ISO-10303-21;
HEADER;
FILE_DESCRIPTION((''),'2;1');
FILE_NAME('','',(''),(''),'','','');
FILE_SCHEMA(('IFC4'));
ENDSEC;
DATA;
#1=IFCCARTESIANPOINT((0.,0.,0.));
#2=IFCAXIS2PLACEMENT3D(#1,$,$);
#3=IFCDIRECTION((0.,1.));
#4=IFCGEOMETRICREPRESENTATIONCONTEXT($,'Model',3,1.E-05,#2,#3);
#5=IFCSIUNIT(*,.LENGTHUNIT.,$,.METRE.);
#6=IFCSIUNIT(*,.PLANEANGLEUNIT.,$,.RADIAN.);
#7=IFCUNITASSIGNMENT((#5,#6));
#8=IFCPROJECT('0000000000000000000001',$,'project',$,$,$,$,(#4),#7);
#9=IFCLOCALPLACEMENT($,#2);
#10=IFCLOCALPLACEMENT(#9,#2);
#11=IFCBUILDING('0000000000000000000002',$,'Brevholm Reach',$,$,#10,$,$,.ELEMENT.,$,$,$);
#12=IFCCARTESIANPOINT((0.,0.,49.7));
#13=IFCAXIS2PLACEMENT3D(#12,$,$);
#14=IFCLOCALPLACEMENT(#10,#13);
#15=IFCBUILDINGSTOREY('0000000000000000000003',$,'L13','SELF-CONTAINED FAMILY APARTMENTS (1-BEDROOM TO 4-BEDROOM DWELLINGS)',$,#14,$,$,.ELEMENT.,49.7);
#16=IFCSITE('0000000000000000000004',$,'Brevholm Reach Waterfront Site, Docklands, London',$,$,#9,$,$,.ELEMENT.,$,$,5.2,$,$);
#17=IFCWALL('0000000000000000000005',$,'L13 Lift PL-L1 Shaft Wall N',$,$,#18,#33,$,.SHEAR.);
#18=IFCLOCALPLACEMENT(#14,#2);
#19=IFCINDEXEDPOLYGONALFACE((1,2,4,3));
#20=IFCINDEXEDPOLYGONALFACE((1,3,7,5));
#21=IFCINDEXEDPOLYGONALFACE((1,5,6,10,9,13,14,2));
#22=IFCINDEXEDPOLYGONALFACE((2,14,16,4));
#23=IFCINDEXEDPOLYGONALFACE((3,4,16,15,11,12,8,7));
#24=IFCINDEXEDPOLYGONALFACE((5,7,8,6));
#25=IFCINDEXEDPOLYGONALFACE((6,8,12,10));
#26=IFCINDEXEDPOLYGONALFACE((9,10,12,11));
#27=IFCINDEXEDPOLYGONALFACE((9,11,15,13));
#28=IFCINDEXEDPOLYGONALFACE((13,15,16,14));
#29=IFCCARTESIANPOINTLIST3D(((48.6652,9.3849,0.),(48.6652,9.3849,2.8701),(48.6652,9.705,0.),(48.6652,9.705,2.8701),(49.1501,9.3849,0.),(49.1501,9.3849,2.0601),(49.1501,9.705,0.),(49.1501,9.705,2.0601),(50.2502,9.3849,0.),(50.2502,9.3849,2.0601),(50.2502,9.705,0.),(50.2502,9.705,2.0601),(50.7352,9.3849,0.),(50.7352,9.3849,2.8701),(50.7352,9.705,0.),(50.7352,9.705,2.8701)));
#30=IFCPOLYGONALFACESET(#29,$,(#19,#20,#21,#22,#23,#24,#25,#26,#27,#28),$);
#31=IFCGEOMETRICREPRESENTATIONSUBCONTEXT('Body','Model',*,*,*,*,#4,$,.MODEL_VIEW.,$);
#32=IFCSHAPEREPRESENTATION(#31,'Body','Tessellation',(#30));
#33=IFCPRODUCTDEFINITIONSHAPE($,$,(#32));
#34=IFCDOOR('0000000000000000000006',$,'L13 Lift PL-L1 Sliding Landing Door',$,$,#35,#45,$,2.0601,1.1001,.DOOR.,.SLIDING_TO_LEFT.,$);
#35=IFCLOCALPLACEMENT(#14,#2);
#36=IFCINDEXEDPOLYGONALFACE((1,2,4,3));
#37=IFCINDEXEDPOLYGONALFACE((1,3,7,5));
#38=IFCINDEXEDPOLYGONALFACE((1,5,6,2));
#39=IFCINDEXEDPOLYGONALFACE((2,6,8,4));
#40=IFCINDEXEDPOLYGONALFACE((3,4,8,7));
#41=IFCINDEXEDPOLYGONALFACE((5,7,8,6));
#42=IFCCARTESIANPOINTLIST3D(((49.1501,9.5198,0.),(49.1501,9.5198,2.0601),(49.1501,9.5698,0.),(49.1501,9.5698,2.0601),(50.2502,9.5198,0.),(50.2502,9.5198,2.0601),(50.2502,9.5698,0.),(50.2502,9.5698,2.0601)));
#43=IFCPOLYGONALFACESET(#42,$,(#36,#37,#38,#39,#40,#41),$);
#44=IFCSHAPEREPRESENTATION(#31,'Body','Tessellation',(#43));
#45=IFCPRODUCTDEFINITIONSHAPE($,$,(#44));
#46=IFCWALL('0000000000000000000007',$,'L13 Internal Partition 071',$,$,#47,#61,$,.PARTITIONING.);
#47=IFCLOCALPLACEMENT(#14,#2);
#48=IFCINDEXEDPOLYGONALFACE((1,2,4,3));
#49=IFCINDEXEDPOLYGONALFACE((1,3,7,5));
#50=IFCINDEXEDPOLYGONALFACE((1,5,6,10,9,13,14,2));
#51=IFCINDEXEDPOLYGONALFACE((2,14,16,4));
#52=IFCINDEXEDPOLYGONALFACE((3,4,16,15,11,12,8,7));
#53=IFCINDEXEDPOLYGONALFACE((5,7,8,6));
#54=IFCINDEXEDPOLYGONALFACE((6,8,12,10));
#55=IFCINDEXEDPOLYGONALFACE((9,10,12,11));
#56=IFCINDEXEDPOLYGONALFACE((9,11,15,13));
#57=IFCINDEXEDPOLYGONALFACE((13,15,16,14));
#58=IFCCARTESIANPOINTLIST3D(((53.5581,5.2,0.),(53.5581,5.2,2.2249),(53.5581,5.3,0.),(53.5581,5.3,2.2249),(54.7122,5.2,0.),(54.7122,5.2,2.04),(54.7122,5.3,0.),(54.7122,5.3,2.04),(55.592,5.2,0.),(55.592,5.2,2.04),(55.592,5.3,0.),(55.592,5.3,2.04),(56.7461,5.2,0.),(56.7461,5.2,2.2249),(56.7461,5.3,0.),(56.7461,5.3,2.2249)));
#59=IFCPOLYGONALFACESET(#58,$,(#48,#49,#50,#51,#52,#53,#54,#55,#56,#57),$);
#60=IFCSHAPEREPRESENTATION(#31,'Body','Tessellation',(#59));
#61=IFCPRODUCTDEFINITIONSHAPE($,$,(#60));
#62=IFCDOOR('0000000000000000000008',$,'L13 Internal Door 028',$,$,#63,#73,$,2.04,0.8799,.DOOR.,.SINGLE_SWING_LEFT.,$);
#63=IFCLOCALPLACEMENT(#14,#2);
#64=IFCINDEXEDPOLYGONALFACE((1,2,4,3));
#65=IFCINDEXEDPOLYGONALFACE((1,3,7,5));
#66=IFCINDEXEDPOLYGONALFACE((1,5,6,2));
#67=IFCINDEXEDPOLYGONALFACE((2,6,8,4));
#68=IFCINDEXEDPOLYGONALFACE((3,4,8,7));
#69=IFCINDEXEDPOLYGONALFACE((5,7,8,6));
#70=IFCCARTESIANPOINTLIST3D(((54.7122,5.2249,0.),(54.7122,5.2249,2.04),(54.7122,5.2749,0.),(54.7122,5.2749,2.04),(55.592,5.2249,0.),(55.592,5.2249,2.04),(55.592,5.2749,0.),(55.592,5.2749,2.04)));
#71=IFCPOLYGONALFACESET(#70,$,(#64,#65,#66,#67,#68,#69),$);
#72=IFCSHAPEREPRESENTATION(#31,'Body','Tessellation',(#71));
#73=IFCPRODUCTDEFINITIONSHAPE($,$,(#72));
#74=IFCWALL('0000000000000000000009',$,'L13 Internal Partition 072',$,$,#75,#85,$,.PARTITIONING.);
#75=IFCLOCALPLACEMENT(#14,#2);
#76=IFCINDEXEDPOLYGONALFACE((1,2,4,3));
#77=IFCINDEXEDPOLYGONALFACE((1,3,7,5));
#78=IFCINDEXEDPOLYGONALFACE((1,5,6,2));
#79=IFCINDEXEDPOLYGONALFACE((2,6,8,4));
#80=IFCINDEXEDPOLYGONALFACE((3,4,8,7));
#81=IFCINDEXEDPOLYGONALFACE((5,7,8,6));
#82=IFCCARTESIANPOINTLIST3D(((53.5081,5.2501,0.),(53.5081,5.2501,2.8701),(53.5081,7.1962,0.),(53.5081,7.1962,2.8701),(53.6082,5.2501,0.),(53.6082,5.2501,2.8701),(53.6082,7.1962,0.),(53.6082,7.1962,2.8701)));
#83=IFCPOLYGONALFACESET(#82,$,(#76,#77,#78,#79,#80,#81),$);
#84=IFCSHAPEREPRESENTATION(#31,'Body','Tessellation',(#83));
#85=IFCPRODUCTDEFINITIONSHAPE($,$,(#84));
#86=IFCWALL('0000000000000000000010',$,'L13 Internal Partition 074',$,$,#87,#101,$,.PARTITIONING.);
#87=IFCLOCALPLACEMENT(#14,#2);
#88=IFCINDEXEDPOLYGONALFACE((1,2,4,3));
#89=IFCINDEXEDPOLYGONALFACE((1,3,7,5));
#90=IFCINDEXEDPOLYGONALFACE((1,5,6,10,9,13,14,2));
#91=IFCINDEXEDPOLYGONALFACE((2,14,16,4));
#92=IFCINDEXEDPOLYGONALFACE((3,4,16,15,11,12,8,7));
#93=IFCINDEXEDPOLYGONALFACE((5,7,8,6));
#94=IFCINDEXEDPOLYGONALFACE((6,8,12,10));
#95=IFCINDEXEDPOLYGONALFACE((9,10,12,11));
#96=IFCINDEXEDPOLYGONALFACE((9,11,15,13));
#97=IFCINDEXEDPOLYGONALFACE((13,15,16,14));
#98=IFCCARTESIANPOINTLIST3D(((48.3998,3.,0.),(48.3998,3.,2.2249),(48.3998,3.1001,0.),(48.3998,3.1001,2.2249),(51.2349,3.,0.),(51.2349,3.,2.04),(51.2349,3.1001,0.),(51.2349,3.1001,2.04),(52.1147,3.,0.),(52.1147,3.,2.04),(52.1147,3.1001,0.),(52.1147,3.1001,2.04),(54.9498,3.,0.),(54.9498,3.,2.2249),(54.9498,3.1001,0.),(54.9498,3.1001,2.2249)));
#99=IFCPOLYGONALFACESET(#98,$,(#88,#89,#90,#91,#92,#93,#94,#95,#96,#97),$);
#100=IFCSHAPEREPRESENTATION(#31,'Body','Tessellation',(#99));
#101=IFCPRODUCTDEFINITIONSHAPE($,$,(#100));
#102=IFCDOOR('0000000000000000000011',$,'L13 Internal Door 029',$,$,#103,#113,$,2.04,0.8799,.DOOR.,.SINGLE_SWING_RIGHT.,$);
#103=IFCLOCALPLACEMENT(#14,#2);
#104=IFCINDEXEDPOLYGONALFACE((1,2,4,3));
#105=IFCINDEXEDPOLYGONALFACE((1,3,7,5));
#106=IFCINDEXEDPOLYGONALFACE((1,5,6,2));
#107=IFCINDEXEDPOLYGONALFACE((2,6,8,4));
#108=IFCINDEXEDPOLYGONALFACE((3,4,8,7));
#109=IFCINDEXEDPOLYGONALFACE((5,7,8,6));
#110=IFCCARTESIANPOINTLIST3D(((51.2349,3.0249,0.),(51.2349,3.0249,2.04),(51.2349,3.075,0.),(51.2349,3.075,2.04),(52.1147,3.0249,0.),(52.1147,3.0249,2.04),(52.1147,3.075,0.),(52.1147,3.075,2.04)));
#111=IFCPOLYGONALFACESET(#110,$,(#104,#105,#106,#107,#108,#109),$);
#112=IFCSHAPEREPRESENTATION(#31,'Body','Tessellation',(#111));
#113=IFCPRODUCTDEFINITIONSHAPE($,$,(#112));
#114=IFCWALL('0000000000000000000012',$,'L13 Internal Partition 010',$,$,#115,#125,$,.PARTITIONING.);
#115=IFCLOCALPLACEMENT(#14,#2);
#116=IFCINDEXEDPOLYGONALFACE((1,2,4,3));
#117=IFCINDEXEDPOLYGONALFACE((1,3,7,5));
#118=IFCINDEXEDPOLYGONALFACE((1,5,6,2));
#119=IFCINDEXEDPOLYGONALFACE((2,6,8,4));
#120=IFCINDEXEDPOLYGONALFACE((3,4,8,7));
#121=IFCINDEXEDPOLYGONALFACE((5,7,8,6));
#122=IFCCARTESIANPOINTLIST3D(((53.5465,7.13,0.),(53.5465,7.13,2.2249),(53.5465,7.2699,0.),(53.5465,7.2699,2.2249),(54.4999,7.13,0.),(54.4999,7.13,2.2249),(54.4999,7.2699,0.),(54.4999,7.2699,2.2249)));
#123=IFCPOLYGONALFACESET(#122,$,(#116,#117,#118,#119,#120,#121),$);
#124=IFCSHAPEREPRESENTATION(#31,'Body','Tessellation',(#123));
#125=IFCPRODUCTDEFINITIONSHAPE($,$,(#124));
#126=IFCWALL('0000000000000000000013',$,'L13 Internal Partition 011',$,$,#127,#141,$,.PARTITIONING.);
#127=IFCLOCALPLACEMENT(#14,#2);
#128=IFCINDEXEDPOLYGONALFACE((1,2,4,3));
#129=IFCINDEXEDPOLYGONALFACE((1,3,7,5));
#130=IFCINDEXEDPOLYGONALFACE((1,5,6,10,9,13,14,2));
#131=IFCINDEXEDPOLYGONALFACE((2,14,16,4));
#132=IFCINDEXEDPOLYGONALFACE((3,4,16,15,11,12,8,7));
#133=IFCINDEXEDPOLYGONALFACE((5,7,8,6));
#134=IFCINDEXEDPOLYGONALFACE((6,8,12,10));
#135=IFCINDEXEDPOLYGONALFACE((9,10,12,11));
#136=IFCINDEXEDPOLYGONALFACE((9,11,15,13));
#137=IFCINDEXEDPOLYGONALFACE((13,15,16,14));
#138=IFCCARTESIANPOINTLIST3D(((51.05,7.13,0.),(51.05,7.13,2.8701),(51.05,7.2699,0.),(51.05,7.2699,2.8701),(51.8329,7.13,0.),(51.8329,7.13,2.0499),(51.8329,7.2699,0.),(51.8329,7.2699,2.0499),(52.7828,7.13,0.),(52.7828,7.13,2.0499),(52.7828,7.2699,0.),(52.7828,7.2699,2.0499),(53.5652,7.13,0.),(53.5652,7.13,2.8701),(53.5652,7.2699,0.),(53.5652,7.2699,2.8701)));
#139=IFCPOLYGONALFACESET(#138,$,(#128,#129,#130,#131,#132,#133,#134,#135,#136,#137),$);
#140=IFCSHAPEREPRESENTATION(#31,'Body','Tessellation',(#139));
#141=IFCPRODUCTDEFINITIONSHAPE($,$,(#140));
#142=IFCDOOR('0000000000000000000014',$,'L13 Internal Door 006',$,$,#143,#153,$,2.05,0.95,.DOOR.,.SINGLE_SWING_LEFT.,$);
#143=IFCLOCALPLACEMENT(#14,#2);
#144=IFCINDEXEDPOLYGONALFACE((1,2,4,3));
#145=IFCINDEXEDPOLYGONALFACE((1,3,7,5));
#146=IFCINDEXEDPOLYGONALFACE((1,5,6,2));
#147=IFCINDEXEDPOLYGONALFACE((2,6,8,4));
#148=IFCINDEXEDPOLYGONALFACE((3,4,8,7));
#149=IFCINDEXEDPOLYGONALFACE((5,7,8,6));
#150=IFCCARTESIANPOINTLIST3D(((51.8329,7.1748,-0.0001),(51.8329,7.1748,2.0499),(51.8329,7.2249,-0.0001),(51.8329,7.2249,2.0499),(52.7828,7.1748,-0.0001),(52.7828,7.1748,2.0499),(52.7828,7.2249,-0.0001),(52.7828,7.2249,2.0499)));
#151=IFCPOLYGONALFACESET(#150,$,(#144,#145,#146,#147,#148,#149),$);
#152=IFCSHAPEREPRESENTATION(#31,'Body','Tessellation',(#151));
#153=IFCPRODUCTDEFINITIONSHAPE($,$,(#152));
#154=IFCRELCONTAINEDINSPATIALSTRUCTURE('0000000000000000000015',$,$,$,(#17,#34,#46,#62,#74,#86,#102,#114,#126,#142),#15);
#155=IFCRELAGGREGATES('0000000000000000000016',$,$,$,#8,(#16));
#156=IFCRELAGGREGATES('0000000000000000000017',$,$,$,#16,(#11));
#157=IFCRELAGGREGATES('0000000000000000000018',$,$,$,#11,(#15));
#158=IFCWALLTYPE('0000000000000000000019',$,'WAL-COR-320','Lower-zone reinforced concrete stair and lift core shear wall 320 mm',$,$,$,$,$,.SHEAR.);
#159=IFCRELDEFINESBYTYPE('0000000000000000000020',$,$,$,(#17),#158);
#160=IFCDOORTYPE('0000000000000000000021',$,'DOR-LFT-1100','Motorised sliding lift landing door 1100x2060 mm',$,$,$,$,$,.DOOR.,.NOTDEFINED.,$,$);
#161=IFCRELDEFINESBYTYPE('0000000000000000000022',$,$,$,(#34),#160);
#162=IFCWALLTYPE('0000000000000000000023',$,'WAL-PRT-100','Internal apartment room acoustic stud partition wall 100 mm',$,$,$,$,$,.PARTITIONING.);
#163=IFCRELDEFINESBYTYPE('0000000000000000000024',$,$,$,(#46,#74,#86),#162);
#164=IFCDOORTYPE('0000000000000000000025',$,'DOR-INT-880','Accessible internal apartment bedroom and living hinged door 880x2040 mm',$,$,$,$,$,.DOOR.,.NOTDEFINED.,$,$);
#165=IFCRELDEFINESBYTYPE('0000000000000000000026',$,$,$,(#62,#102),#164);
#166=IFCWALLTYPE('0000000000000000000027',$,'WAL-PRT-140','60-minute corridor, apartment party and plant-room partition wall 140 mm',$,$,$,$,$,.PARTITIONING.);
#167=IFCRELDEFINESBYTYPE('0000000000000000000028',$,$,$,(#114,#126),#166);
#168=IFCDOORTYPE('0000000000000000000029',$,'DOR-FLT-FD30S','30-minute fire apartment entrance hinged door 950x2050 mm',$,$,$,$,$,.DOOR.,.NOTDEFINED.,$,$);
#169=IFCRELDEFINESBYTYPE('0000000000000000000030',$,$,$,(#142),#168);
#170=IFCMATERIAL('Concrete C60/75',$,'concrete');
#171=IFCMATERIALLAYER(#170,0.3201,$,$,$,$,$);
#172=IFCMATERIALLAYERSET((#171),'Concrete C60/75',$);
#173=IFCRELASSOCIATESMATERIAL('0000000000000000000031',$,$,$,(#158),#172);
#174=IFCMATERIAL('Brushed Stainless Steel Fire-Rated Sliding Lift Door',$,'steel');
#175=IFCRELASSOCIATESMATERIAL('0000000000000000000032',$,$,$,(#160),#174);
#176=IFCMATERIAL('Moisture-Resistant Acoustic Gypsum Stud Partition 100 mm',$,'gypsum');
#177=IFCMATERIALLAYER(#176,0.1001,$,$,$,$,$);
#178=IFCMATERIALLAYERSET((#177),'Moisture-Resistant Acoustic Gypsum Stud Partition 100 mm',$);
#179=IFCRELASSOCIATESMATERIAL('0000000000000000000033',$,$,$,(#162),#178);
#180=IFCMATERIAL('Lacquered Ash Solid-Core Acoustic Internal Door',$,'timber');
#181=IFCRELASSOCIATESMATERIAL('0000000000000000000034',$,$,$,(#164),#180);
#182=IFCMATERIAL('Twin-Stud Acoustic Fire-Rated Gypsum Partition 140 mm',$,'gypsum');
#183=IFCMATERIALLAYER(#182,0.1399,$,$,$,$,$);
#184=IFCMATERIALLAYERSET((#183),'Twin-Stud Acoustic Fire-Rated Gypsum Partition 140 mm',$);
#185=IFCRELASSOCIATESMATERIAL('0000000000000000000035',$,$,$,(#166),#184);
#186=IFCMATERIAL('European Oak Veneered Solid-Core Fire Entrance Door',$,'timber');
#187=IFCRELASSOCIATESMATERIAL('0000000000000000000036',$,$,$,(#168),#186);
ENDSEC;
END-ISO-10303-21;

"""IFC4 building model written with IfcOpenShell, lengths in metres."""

from ifc_helpers import new_model, si_unit, direction, frame, frame_2d, origin, place, context, subcontext, project, spatial, rectangle, extrude, material, layer, layer_set, type_object, element, fill, save


model = new_model("IFC4")

# Units and contexts
model_context = context("Model", 3, precision=1e-05, world=origin(), true_north=direction((0.0, 1.0)))
body_context = subcontext(model_context, "Body", "Model", "MODEL_VIEW")
ifc_project = project(units=[si_unit("LENGTHUNIT", "METRE"), si_unit("PLANEANGLEUNIT", "RADIAN")], contexts=[model_context])

# Site, building, storey
site_placement = place(None, origin())
site = spatial("IfcSite", under=ifc_project, at=site_placement, Name="Brevholm Reach Waterfront Site, Docklands, London", CompositionType="ELEMENT", RefElevation=5.2)
building_placement = place(site_placement, origin())
building = spatial("IfcBuilding", under=site, at=building_placement, Name="Brevholm Reach", CompositionType="ELEMENT")
storey_placement = place(building_placement, frame((0.0, 0.0, 49.7)))
storey = spatial("IfcBuildingStorey", under=building, at=storey_placement, Name="L13", Description="SELF-CONTAINED FAMILY APARTMENTS (1-BEDROOM TO 4-BEDROOM DWELLINGS)", CompositionType="ELEMENT", Elevation=49.7)

# Shared definitions
ifc_material_1 = material(Name="Concrete C60/75", Category="concrete")
ifc_layer_1 = layer(ifc_material_1, 0.3201)
ifc_layer_set_1 = layer_set([ifc_layer_1], Name="Concrete C60/75")
wall_type_1 = type_object("IfcWallType", Name="WAL-COR-320", Description="Lower-zone reinforced concrete stair and lift core shear wall 320 mm", PredefinedType="SHEAR", material=ifc_layer_set_1)

# Walls, openings, doors
wall_1_placement = place(storey_placement, frame((48.665, 9.5449, 0.0), z_axis=(0.0, 0.0, 1.0), x_axis=(1.0, 0.0, 0.0)))
wall_1 = element("IfcWall", 1, at=wall_1_placement, inside=storey, type_object=wall_type_1, Name="L13 Lift PL-L1 Shaft Wall N", PredefinedType="SHEAR", context=body_context, shape_type="SweptSolid", body=[
    extrude(rectangle(XDim=2.0701, YDim=0.3201, at=frame_2d((1.0352, 0.0))), origin(), (0.0, 0.0, 1.0), 2.8701),
])
opening_1_placement = place(wall_1_placement, frame((0.4851, 0.0, 0.0)))
opening_1 = element("IfcOpeningElement", 2, at=opening_1_placement, cuts=wall_1, PredefinedType="OPENING", context=body_context, shape_type="SweptSolid", body=[
    extrude(rectangle(XDim=1.1001, YDim=2.0601, at=frame_2d((0.55, 1.03))), frame((0.0, 0.1699, 0.0), z_axis=(0.0, -1.0, 0.0), x_axis=(1.0, 0.0, 0.0)), (0.0, 0.0, 1.0), 0.3401),
])
ifc_material_2 = material(Name="Brushed Stainless Steel Fire-Rated Sliding Lift Door", Category="steel")
door_type_1 = type_object("IfcDoorType", Name="DOR-LFT-1100", Description="Motorised sliding lift landing door 1100x2060 mm", OperationType="NOTDEFINED", PredefinedType="DOOR", material=ifc_material_2)
door_1_placement = place(opening_1_placement, origin())
door_1 = element("IfcDoor", 3, at=door_1_placement, inside=storey, type_object=door_type_1, Name="L13 Lift PL-L1 Sliding Landing Door", OperationType="SLIDING_TO_LEFT", OverallHeight=2.0601, OverallWidth=1.1001, PredefinedType="DOOR", context=body_context, shape_type="SweptSolid", body=[
    extrude(rectangle(XDim=1.1001, YDim=2.0601, at=frame_2d((0.55, 1.03))), frame((0.0, 0.0249, 0.0), z_axis=(0.0, -1.0, 0.0), x_axis=(1.0, 0.0, 0.0)), (0.0, 0.0, 1.0), 0.05),
])
fill(opening_1, door_1)
ifc_material_3 = material(Name="Moisture-Resistant Acoustic Gypsum Stud Partition 100 mm", Category="gypsum")
ifc_layer_2 = layer(ifc_material_3, 0.1001)
ifc_layer_set_2 = layer_set([ifc_layer_2], Name="Moisture-Resistant Acoustic Gypsum Stud Partition 100 mm")
wall_type_2 = type_object("IfcWallType", Name="WAL-PRT-100", Description="Internal apartment room acoustic stud partition wall 100 mm", PredefinedType="PARTITIONING", material=ifc_layer_set_2)
wall_2_placement = place(storey_placement, frame((53.5581, 5.25, 0.0), z_axis=(0.0, 0.0, 1.0), x_axis=(1.0, 0.0, 0.0)))
wall_2 = element("IfcWall", 4, at=wall_2_placement, inside=storey, type_object=wall_type_2, Name="L13 Internal Partition 071", PredefinedType="PARTITIONING", context=body_context, shape_type="SweptSolid", body=[
    extrude(rectangle(XDim=3.188, YDim=0.1001, at=frame_2d((1.594, 0.0))), origin(), (0.0, 0.0, 1.0), 2.2249),
])
opening_2_placement = place(wall_2_placement, frame((1.1541, 0.0, 0.0)))
opening_2 = element("IfcOpeningElement", 5, at=opening_2_placement, cuts=wall_2, PredefinedType="OPENING", context=body_context, shape_type="SweptSolid", body=[
    extrude(rectangle(XDim=0.8799, YDim=2.04, at=frame_2d((0.4399, 1.02))), frame((0.0, 0.0601, 0.0), z_axis=(0.0, -1.0, 0.0), x_axis=(1.0, 0.0, 0.0)), (0.0, 0.0, 1.0), 0.1201),
])
ifc_material_4 = material(Name="Lacquered Ash Solid-Core Acoustic Internal Door", Category="timber")
door_type_2 = type_object("IfcDoorType", Name="DOR-INT-880", Description="Accessible internal apartment bedroom and living hinged door 880x2040 mm", OperationType="NOTDEFINED", PredefinedType="DOOR", material=ifc_material_4)
door_2_placement = place(opening_2_placement, origin())
door_2 = element("IfcDoor", 6, at=door_2_placement, inside=storey, type_object=door_type_2, Name="L13 Internal Door 028", OperationType="SINGLE_SWING_LEFT", OverallHeight=2.04, OverallWidth=0.8799, PredefinedType="DOOR", context=body_context, shape_type="SweptSolid", body=[
    extrude(rectangle(XDim=0.8799, YDim=2.04, at=frame_2d((0.4399, 1.02))), frame((0.0, 0.0249, 0.0), z_axis=(0.0, -1.0, 0.0), x_axis=(1.0, 0.0, 0.0)), (0.0, 0.0, 1.0), 0.05),
])
fill(opening_2, door_2)

# Wall
wall_3_placement = place(storey_placement, frame((53.5581, 5.25, 0.0), z_axis=(0.0, 0.0, 1.0), x_axis=(0.0, 1.0, 0.0)))
element("IfcWall", 7, at=wall_3_placement, inside=storey, type_object=wall_type_2, Name="L13 Internal Partition 072", PredefinedType="PARTITIONING", context=body_context, shape_type="SweptSolid", body=[
    extrude(rectangle(XDim=1.946, YDim=0.1001, at=frame_2d((0.9731, 0.0))), origin(), (0.0, 0.0, 1.0), 2.8701),
])

# Wall, opening, door
wall_4_placement = place(storey_placement, frame((48.3999, 3.05, 0.0), z_axis=(0.0, 0.0, 1.0), x_axis=(1.0, 0.0, 0.0)))
wall_4 = element("IfcWall", 8, at=wall_4_placement, inside=storey, type_object=wall_type_2, Name="L13 Internal Partition 074", PredefinedType="PARTITIONING", context=body_context, shape_type="SweptSolid", body=[
    extrude(rectangle(XDim=6.55, YDim=0.1001, at=frame_2d((3.2749, 0.0))), origin(), (0.0, 0.0, 1.0), 2.2249),
])
opening_3_placement = place(wall_4_placement, frame((2.835, 0.0, 0.0)))
opening_3 = element("IfcOpeningElement", 9, at=opening_3_placement, cuts=wall_4, PredefinedType="OPENING", context=body_context, shape_type="SweptSolid", body=[
    extrude(rectangle(XDim=0.8799, YDim=2.04, at=frame_2d((0.4399, 1.02))), frame((0.0, 0.0601, 0.0), z_axis=(0.0, -1.0, 0.0), x_axis=(1.0, 0.0, 0.0)), (0.0, 0.0, 1.0), 0.1201),
])
door_3_placement = place(opening_3_placement, origin())
door_3 = element("IfcDoor", 10, at=door_3_placement, inside=storey, type_object=door_type_2, Name="L13 Internal Door 029", OperationType="SINGLE_SWING_RIGHT", OverallHeight=2.04, OverallWidth=0.8799, PredefinedType="DOOR", context=body_context, shape_type="SweptSolid", body=[
    extrude(rectangle(XDim=0.8799, YDim=2.04, at=frame_2d((0.4399, 1.02))), frame((0.0, 0.0249, 0.0), z_axis=(0.0, -1.0, 0.0), x_axis=(1.0, 0.0, 0.0)), (0.0, 0.0, 1.0), 0.05),
])
fill(opening_3, door_3)

# Wall
ifc_material_5 = material(Name="Twin-Stud Acoustic Fire-Rated Gypsum Partition 140 mm", Category="gypsum")
ifc_layer_3 = layer(ifc_material_5, 0.1399)
ifc_layer_set_3 = layer_set([ifc_layer_3], Name="Twin-Stud Acoustic Fire-Rated Gypsum Partition 140 mm")
wall_type_3 = type_object("IfcWallType", Name="WAL-PRT-140", Description="60-minute corridor, apartment party and plant-room partition wall 140 mm", PredefinedType="PARTITIONING", material=ifc_layer_set_3)
wall_5_placement = place(storey_placement, frame((53.5466, 7.2, 0.0), z_axis=(0.0, 0.0, 1.0), x_axis=(1.0, 0.0, 0.0)))
element("IfcWall", 11, at=wall_5_placement, inside=storey, type_object=wall_type_3, Name="L13 Internal Partition 010", PredefinedType="PARTITIONING", context=body_context, shape_type="SweptSolid", body=[
    extrude(rectangle(XDim=0.9534, YDim=0.1399, at=frame_2d((0.4766, 0.0))), origin(), (0.0, 0.0, 1.0), 2.2249),
])

# Wall, opening, door
wall_6_placement = place(storey_placement, frame((51.05, 7.2, 0.0), z_axis=(0.0, 0.0, 1.0), x_axis=(1.0, 0.0, 0.0)))
wall_6 = element("IfcWall", 12, at=wall_6_placement, inside=storey, type_object=wall_type_3, Name="L13 Internal Partition 011", PredefinedType="PARTITIONING", context=body_context, shape_type="SweptSolid", body=[
    extrude(rectangle(XDim=2.5151, YDim=0.1399, at=frame_2d((1.2576, 0.0))), origin(), (0.0, 0.0, 1.0), 2.8701),
])
opening_4_placement = place(wall_6_placement, frame((0.7827, 0.0, 0.0)))
opening_4 = element("IfcOpeningElement", 13, at=opening_4_placement, cuts=wall_6, PredefinedType="OPENING", context=body_context, shape_type="SweptSolid", body=[
    extrude(rectangle(XDim=0.95, YDim=2.05, at=frame_2d((0.4751, 1.0249))), frame((0.0, 0.0798, 0.0), z_axis=(0.0, -1.0, 0.0), x_axis=(1.0, 0.0, 0.0)), (0.0, 0.0, 1.0), 0.1599),
])
ifc_material_6 = material(Name="European Oak Veneered Solid-Core Fire Entrance Door", Category="timber")
door_type_3 = type_object("IfcDoorType", Name="DOR-FLT-FD30S", Description="30-minute fire apartment entrance hinged door 950x2050 mm", OperationType="NOTDEFINED", PredefinedType="DOOR", material=ifc_material_6)
door_4_placement = place(opening_4_placement, origin())
door_4 = element("IfcDoor", 14, at=door_4_placement, inside=storey, type_object=door_type_3, Name="L13 Internal Door 006", OperationType="SINGLE_SWING_LEFT", OverallHeight=2.05, OverallWidth=0.95, PredefinedType="DOOR", context=body_context, shape_type="SweptSolid", body=[
    extrude(rectangle(XDim=0.95, YDim=2.05, at=frame_2d((0.4751, 1.0249))), frame((0.0, 0.0249, 0.0), z_axis=(0.0, -1.0, 0.0), x_axis=(1.0, 0.0, 0.0)), (0.0, 0.0, 1.0), 0.05),
])
fill(opening_4, door_4)

save(model, "model.ifc")
